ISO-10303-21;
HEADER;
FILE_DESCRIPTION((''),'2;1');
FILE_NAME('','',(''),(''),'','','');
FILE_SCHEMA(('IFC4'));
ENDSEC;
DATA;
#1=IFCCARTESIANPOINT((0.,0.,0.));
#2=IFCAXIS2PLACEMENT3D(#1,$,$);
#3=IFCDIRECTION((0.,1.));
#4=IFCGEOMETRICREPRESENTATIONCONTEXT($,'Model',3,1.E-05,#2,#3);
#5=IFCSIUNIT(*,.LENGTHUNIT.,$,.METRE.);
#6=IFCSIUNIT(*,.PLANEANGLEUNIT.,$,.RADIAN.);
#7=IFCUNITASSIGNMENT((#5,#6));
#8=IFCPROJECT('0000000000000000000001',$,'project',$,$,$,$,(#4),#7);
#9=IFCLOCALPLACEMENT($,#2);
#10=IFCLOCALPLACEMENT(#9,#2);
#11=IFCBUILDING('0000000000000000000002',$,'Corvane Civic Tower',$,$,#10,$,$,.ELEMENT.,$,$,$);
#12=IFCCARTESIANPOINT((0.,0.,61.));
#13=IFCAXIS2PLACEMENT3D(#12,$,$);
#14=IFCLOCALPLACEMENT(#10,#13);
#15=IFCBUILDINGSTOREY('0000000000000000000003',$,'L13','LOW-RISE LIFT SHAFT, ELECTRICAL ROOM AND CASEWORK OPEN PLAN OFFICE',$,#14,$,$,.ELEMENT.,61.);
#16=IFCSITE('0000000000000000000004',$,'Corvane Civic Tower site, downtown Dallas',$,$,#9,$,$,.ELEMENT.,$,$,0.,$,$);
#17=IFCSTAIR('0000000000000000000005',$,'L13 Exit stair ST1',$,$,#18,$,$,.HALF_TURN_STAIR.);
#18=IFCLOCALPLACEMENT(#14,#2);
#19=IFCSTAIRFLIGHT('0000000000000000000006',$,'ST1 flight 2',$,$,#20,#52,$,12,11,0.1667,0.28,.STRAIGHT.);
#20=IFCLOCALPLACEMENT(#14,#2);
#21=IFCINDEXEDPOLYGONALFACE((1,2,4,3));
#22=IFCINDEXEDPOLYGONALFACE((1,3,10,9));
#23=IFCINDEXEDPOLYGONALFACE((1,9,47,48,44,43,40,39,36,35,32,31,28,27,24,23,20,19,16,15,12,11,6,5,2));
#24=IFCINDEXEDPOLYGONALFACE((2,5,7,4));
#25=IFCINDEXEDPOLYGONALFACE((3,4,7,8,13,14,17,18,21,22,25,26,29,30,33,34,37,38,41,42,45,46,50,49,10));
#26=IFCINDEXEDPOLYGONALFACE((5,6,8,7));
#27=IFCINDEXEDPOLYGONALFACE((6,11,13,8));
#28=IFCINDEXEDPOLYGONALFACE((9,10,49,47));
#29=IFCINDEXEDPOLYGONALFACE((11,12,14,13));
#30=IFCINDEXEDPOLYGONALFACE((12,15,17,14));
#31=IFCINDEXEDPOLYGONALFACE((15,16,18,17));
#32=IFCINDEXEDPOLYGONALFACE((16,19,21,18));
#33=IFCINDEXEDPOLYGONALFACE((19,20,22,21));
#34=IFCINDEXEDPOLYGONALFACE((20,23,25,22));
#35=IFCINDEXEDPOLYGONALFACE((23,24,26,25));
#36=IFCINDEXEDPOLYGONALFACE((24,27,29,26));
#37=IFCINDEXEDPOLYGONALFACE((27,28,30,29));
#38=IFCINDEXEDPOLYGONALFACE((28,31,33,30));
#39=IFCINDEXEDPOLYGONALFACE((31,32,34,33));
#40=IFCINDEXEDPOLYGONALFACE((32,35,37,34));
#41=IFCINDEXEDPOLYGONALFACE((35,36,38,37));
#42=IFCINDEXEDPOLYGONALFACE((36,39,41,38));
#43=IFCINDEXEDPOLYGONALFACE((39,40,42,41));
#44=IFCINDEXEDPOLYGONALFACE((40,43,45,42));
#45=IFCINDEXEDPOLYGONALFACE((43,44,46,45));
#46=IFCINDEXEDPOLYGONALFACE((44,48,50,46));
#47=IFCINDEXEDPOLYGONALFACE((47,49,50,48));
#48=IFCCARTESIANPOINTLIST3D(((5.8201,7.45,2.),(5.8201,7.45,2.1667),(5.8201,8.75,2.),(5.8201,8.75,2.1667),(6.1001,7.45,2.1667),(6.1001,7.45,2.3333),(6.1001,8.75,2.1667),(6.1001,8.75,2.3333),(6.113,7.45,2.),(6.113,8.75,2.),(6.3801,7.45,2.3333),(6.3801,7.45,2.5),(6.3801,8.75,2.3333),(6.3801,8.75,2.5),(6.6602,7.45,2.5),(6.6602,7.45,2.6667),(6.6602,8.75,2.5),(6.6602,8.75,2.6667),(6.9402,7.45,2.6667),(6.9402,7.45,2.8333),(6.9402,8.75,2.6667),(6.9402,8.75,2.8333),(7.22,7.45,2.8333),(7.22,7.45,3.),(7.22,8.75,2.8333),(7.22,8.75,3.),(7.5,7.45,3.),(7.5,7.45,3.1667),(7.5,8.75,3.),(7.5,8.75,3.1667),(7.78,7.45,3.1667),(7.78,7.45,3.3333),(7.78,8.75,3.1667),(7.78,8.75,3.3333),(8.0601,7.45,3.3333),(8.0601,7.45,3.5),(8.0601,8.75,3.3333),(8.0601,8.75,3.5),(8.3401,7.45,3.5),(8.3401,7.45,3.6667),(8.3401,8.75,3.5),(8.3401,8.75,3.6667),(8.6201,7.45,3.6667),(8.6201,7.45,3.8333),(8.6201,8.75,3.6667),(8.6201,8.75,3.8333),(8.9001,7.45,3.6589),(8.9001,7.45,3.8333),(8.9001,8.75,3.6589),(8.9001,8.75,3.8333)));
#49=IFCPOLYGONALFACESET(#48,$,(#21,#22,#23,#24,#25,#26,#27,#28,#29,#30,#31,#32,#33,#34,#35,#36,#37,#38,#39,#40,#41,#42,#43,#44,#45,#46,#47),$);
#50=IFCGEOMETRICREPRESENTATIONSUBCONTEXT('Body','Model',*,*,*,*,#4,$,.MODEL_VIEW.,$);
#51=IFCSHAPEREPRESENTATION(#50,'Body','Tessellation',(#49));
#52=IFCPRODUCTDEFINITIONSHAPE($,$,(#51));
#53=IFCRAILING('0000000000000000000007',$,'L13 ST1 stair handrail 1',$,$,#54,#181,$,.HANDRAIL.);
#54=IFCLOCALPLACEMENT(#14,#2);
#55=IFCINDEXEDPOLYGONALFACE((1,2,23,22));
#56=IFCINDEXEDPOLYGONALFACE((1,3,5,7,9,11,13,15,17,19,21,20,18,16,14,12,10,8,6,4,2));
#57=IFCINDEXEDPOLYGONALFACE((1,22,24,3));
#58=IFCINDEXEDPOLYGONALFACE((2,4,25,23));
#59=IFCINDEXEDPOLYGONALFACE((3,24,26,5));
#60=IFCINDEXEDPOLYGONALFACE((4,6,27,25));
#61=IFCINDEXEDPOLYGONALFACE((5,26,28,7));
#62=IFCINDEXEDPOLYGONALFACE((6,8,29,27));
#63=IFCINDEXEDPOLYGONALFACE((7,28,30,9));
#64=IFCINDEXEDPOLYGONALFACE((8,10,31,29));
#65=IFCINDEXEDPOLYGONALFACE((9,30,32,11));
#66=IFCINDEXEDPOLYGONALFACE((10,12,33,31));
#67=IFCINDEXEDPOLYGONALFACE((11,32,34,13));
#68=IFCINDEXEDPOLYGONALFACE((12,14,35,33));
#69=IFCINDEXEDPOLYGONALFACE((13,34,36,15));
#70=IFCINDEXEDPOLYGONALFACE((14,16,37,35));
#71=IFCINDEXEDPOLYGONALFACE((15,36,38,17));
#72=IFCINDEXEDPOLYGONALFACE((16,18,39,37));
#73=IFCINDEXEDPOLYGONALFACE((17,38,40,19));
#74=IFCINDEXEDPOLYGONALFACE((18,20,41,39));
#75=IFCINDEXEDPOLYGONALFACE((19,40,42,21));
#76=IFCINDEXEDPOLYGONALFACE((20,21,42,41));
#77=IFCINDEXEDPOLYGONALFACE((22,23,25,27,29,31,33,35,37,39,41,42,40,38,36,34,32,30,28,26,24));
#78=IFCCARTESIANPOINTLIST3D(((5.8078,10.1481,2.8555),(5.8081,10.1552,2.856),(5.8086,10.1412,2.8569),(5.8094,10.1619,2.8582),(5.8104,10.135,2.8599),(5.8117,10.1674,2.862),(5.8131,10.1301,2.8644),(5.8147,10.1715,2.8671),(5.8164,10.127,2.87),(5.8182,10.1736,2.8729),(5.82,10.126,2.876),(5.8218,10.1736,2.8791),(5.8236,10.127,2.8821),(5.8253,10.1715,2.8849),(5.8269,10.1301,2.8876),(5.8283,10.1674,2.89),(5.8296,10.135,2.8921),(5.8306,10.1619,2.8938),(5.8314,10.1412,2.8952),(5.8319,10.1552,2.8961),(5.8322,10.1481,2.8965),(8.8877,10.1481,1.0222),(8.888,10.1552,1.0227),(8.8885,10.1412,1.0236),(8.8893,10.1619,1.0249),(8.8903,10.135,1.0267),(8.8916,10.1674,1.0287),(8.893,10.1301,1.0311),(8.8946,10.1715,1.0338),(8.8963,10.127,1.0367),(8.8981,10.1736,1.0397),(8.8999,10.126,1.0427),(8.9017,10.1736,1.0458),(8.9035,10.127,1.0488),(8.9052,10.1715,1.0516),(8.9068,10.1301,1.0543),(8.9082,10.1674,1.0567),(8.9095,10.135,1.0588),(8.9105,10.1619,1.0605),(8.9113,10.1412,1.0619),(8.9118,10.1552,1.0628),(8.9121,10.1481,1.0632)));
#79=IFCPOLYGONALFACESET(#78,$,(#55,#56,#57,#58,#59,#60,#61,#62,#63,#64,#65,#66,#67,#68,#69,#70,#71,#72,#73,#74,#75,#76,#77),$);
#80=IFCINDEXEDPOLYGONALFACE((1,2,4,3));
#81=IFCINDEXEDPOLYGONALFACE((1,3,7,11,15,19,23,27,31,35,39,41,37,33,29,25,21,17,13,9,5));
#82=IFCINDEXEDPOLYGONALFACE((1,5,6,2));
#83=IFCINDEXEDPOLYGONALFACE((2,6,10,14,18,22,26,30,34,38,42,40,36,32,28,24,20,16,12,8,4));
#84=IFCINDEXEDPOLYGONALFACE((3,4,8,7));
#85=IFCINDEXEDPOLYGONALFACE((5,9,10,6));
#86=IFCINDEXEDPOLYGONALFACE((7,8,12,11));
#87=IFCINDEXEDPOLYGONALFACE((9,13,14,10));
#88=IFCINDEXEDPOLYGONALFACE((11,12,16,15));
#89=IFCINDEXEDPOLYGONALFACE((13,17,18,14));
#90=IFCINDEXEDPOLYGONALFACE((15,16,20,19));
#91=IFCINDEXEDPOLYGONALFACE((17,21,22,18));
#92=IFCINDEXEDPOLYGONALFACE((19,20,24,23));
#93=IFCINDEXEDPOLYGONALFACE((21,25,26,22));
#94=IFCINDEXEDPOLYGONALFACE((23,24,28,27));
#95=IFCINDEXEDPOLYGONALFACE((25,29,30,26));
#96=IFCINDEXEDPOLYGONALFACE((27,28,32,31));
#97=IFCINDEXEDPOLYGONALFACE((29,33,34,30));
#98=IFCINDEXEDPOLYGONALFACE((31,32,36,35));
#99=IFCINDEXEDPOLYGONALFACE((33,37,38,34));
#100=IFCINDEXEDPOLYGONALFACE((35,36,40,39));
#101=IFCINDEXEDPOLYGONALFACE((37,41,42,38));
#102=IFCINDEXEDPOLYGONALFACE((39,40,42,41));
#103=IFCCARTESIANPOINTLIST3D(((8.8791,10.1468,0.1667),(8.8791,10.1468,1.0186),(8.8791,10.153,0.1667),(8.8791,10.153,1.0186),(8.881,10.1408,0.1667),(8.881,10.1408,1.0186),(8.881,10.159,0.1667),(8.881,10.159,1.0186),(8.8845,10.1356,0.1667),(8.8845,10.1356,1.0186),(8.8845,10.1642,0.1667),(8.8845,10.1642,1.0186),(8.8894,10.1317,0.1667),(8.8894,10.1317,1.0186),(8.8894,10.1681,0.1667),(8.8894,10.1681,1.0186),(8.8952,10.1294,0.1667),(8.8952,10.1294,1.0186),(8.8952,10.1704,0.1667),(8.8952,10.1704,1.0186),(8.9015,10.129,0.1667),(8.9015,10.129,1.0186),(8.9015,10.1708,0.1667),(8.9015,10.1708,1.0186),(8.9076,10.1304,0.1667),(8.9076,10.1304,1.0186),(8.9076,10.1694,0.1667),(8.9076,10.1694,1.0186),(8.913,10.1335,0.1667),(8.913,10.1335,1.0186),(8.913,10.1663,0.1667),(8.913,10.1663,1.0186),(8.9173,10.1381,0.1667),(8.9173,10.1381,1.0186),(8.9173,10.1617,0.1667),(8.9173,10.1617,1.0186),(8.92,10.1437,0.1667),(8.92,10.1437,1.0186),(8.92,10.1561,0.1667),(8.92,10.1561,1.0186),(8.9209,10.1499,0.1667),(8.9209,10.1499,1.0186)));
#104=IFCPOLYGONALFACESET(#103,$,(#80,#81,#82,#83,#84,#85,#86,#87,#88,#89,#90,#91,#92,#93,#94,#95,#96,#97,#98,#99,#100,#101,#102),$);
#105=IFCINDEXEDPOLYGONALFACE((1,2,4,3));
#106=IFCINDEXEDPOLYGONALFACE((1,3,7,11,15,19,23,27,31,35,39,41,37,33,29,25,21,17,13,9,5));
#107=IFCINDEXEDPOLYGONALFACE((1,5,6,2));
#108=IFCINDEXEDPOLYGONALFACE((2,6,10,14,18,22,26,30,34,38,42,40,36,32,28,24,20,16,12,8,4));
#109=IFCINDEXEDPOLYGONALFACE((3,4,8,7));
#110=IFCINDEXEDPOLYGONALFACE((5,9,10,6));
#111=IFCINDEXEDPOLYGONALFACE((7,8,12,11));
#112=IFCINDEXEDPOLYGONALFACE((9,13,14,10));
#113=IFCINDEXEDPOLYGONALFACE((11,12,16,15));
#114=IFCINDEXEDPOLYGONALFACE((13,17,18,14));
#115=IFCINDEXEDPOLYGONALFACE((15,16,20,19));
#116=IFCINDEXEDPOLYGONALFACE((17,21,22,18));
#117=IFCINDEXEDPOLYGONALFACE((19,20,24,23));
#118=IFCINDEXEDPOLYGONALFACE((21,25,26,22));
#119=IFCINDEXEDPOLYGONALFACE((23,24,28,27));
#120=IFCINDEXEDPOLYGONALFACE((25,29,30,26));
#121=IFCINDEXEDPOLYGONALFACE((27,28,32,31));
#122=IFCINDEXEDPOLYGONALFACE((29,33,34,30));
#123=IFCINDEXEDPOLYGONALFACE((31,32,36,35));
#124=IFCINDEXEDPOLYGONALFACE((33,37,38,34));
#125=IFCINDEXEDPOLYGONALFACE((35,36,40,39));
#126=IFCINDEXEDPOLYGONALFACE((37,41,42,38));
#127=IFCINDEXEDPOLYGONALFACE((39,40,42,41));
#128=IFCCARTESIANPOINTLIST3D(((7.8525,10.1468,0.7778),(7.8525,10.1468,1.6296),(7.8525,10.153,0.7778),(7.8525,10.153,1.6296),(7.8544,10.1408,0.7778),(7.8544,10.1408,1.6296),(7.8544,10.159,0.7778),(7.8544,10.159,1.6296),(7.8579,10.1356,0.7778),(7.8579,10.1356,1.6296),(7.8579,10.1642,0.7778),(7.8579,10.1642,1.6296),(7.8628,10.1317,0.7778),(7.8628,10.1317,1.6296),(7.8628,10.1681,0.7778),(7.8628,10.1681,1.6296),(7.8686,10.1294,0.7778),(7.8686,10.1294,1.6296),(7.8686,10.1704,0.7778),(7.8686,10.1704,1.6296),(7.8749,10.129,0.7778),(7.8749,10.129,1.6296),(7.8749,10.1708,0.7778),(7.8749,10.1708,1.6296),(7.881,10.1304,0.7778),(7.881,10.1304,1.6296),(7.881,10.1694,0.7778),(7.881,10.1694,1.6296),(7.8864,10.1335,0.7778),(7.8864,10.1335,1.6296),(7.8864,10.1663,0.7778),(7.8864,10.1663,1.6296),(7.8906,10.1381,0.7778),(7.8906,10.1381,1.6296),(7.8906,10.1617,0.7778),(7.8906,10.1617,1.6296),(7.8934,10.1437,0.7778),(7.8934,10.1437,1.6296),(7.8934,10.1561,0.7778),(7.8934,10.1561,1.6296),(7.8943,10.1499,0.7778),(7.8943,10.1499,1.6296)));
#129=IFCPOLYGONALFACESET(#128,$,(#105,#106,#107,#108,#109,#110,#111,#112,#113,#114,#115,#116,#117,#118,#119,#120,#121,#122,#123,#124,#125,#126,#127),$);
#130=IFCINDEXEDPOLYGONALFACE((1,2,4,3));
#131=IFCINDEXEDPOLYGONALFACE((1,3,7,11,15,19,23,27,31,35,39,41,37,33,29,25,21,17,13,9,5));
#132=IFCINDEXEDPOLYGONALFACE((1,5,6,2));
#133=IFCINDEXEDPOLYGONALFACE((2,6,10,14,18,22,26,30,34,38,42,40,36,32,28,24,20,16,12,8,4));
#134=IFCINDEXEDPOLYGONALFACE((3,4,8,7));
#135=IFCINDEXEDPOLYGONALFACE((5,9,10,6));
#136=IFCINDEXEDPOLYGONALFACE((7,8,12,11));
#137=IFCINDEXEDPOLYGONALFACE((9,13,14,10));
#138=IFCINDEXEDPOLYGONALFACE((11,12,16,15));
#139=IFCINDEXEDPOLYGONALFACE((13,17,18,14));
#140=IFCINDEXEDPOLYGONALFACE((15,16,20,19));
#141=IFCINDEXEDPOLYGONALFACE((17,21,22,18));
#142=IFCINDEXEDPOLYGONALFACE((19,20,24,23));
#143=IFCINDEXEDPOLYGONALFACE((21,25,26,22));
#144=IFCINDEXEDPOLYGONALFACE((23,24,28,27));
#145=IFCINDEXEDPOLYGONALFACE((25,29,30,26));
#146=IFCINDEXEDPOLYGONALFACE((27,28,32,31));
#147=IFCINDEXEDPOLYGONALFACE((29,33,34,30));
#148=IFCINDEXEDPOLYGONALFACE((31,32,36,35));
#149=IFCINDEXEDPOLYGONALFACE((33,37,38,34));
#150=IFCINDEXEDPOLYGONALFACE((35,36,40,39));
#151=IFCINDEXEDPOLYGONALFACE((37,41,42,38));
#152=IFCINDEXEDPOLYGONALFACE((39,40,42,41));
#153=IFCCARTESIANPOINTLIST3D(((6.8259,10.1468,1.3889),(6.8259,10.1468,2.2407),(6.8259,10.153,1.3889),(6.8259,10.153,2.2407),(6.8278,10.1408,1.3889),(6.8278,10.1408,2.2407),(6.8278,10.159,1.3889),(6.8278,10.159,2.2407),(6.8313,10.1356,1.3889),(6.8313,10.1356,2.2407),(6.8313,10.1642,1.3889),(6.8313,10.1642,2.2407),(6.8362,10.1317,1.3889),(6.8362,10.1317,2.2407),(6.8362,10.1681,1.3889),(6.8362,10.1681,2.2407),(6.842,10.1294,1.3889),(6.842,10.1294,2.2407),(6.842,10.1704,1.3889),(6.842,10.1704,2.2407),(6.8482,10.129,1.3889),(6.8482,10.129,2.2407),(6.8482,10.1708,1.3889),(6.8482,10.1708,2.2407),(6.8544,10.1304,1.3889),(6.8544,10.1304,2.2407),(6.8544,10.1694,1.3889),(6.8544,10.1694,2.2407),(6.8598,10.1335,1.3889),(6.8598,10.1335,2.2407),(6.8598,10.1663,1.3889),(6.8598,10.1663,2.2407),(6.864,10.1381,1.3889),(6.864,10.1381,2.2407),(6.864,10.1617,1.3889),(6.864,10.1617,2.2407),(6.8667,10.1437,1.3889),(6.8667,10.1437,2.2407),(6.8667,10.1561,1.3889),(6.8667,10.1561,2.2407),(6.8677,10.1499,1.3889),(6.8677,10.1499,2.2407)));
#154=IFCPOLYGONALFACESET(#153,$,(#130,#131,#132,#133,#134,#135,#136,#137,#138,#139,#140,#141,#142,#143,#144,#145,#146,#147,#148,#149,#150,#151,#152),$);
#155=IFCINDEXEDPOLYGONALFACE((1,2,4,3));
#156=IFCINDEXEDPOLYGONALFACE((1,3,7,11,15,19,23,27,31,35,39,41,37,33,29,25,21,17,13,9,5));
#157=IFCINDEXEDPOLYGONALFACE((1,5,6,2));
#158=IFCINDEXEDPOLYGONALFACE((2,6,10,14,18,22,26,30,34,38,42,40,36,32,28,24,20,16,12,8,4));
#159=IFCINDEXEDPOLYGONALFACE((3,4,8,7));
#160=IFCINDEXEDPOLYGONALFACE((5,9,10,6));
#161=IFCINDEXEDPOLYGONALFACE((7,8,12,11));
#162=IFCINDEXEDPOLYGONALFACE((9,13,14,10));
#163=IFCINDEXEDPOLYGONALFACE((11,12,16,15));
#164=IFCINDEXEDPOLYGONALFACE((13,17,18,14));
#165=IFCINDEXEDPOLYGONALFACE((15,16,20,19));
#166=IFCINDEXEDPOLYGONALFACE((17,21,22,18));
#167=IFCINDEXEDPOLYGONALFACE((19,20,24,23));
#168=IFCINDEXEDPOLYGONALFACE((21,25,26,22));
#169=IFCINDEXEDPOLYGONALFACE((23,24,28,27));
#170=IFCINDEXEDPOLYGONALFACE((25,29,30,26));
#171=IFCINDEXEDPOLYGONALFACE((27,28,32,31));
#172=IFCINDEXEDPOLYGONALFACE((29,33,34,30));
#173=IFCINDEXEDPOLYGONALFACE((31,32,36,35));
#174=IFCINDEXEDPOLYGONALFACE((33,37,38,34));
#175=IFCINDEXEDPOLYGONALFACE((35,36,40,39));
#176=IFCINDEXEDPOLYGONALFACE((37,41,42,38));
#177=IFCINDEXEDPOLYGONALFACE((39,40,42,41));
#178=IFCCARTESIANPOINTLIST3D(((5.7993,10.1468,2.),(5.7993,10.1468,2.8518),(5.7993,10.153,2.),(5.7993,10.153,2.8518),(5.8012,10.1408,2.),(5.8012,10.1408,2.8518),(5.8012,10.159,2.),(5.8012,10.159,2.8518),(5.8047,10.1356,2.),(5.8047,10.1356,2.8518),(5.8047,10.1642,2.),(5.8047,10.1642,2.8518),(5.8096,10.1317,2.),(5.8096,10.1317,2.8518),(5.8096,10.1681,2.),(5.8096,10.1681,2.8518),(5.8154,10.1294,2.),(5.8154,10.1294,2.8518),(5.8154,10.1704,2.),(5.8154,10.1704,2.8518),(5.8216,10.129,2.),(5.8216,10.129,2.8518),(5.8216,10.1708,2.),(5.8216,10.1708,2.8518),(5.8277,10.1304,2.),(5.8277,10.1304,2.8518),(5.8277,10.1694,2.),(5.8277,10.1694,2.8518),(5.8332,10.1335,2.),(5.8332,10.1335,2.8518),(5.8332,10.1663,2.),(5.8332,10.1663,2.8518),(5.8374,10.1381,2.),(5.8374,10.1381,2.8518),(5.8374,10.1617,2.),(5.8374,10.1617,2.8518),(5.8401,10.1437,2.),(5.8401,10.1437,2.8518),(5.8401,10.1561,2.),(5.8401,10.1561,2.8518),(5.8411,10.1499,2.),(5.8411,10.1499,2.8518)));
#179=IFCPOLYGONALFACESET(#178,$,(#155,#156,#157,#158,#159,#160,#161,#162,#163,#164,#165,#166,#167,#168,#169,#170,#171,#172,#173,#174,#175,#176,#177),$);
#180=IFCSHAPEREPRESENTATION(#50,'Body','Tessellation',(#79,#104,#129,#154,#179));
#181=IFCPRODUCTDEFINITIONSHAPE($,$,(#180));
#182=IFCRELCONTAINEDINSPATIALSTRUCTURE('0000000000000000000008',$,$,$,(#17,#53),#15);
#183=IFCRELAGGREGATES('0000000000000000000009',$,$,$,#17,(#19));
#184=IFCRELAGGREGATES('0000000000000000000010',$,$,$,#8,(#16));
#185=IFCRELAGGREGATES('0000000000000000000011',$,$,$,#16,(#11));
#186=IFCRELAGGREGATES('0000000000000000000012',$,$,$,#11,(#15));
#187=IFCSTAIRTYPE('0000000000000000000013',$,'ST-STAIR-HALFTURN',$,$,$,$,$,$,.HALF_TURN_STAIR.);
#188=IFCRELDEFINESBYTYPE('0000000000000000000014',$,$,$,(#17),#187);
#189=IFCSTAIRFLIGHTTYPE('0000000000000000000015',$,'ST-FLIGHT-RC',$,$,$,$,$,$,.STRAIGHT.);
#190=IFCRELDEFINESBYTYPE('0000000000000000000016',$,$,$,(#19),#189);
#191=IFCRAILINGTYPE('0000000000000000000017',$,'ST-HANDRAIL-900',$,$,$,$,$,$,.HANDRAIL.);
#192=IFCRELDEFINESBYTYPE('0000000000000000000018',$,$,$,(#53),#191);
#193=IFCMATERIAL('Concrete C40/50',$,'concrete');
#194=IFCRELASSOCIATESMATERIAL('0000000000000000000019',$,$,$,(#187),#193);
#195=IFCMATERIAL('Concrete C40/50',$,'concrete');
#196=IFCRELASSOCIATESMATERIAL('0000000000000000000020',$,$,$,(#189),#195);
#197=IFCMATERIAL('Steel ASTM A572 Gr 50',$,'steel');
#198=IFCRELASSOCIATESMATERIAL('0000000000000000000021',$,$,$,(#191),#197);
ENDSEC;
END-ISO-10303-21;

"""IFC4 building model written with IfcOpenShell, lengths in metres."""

from ifc_helpers import new_model, si_unit, direction, frame, origin, origin_2d, place, context, subcontext, project, spatial, polyline, circle, outline, extrude, material, type_object, element, aggregate, save


model = new_model("IFC4")

# Units and contexts
model_context = context("Model", 3, precision=1e-05, world=origin(), true_north=direction((0.0, 1.0)))
body_context = subcontext(model_context, "Body", "Model", "MODEL_VIEW")
ifc_project = project(units=[si_unit("LENGTHUNIT", "METRE"), si_unit("PLANEANGLEUNIT", "RADIAN")], contexts=[model_context])

# Site, building, storey
site_placement = place(None, origin())
site = spatial("IfcSite", under=ifc_project, at=site_placement, Name="Corvane Civic Tower site, downtown Dallas", CompositionType="ELEMENT", RefElevation=0.0)
building_placement = place(site_placement, origin())
building = spatial("IfcBuilding", under=site, at=building_placement, Name="Corvane Civic Tower", CompositionType="ELEMENT")
storey_placement = place(building_placement, frame((0.0, 0.0, 61.0)))
storey = spatial("IfcBuildingStorey", under=building, at=storey_placement, Name="L13", Description="LOW-RISE LIFT SHAFT, ELECTRICAL ROOM AND CASEWORK OPEN PLAN OFFICE", CompositionType="ELEMENT", Elevation=61.0)

# Stair, stair flight
ifc_material_1 = material(Name="Concrete C40/50", Category="concrete")
stair_type = type_object("IfcStairType", Name="ST-STAIR-HALFTURN", PredefinedType="HALF_TURN_STAIR", material=ifc_material_1)
stair_placement = place(storey_placement, origin())
stair = element("IfcStair", 1, at=stair_placement, inside=storey, type_object=stair_type, Name="L13 Exit stair ST1", PredefinedType="HALF_TURN_STAIR")
ifc_material_2 = material(Name="Concrete C40/50", Category="concrete")
stair_flight_type = type_object("IfcStairFlightType", Name="ST-FLIGHT-RC", PredefinedType="STRAIGHT", material=ifc_material_2)
stair_flight_1_placement = place(storey_placement, frame((5.8201, 8.1001, 2.0), z_axis=(0.0, 0.0, 1.0), x_axis=(1.0, 0.0, 0.0)))
stair_flight_1 = element("IfcStairFlight", 2, at=stair_flight_1_placement, type_object=stair_flight_type, Name="ST1 flight 2", NumberOfRisers=12, NumberOfTreads=11, PredefinedType="STRAIGHT", RiserHeight=0.1667, TreadLength=0.28, context=body_context, shape_type="SweptSolid", body=[
    extrude(outline(polyline([(0.0, 0.0), (0.0, 0.1667), (0.28, 0.1667), (0.28, 0.3333), (0.5601, 0.3333), (0.5601, 0.5), (0.8401, 0.5), (0.8401, 0.6667), (1.1201, 0.6667), (1.1201, 0.8333), (1.3999, 0.8333), (1.3999, 1.0), (1.6799, 1.0), (1.6799, 1.1667), (1.96, 1.1667), (1.96, 1.3333), (2.24, 1.3333), (2.24, 1.5), (2.52, 1.5), (2.52, 1.6667), (2.8, 1.6667), (2.8, 1.8333), (3.0801, 1.8333), (3.0801, 2.0), (3.0801, 1.6589), (0.293, 0.0), (0.0, 0.0)])), frame((0.0, 0.6499, 0.0), z_axis=(0.0, -1.0, 0.0), x_axis=(1.0, 0.0, 0.0)), (0.0, 0.0, 1.0), 1.3),
])
aggregate(stair, [stair_flight_1])

# Railing
ifc_material_3 = material(Name="Steel ASTM A572 Gr 50", Category="steel")
railing_type_1 = type_object("IfcRailingType", Name="ST-HANDRAIL-900", PredefinedType="HANDRAIL", material=ifc_material_3)
railing_1_placement = place(storey_placement, frame((8.8999, 10.1499, 0.1667)))
element("IfcRailing", 3, at=railing_1_placement, inside=storey, type_object=railing_type_1, Name="L13 ST1 stair handrail 1", PredefinedType="HANDRAIL", context=body_context, shape_type="SweptSolid", body=[
    extrude(circle(Radius=0.0239, at=origin_2d()), frame((0.0, 0.0, 0.876), z_axis=(-0.859291, 0.0, 0.511487), x_axis=(0.0, -1.0, 0.0)), (0.0, 0.0, 1.0), 3.5842),
    extrude(circle(Radius=0.021, at=origin_2d()), origin(), (0.0, 0.0, 1.0), 0.8518),
    extrude(circle(Radius=0.021, at=origin_2d()), frame((-1.0266, 0.0, 0.6111)), (0.0, 0.0, 1.0), 0.8518),
    extrude(circle(Radius=0.021, at=origin_2d()), frame((-2.0532, 0.0, 1.2222)), (0.0, 0.0, 1.0), 0.8518),
    extrude(circle(Radius=0.021, at=origin_2d()), frame((-3.0798, 0.0, 1.8333)), (0.0, 0.0, 1.0), 0.8518),
])

save(model, "model.ifc")
